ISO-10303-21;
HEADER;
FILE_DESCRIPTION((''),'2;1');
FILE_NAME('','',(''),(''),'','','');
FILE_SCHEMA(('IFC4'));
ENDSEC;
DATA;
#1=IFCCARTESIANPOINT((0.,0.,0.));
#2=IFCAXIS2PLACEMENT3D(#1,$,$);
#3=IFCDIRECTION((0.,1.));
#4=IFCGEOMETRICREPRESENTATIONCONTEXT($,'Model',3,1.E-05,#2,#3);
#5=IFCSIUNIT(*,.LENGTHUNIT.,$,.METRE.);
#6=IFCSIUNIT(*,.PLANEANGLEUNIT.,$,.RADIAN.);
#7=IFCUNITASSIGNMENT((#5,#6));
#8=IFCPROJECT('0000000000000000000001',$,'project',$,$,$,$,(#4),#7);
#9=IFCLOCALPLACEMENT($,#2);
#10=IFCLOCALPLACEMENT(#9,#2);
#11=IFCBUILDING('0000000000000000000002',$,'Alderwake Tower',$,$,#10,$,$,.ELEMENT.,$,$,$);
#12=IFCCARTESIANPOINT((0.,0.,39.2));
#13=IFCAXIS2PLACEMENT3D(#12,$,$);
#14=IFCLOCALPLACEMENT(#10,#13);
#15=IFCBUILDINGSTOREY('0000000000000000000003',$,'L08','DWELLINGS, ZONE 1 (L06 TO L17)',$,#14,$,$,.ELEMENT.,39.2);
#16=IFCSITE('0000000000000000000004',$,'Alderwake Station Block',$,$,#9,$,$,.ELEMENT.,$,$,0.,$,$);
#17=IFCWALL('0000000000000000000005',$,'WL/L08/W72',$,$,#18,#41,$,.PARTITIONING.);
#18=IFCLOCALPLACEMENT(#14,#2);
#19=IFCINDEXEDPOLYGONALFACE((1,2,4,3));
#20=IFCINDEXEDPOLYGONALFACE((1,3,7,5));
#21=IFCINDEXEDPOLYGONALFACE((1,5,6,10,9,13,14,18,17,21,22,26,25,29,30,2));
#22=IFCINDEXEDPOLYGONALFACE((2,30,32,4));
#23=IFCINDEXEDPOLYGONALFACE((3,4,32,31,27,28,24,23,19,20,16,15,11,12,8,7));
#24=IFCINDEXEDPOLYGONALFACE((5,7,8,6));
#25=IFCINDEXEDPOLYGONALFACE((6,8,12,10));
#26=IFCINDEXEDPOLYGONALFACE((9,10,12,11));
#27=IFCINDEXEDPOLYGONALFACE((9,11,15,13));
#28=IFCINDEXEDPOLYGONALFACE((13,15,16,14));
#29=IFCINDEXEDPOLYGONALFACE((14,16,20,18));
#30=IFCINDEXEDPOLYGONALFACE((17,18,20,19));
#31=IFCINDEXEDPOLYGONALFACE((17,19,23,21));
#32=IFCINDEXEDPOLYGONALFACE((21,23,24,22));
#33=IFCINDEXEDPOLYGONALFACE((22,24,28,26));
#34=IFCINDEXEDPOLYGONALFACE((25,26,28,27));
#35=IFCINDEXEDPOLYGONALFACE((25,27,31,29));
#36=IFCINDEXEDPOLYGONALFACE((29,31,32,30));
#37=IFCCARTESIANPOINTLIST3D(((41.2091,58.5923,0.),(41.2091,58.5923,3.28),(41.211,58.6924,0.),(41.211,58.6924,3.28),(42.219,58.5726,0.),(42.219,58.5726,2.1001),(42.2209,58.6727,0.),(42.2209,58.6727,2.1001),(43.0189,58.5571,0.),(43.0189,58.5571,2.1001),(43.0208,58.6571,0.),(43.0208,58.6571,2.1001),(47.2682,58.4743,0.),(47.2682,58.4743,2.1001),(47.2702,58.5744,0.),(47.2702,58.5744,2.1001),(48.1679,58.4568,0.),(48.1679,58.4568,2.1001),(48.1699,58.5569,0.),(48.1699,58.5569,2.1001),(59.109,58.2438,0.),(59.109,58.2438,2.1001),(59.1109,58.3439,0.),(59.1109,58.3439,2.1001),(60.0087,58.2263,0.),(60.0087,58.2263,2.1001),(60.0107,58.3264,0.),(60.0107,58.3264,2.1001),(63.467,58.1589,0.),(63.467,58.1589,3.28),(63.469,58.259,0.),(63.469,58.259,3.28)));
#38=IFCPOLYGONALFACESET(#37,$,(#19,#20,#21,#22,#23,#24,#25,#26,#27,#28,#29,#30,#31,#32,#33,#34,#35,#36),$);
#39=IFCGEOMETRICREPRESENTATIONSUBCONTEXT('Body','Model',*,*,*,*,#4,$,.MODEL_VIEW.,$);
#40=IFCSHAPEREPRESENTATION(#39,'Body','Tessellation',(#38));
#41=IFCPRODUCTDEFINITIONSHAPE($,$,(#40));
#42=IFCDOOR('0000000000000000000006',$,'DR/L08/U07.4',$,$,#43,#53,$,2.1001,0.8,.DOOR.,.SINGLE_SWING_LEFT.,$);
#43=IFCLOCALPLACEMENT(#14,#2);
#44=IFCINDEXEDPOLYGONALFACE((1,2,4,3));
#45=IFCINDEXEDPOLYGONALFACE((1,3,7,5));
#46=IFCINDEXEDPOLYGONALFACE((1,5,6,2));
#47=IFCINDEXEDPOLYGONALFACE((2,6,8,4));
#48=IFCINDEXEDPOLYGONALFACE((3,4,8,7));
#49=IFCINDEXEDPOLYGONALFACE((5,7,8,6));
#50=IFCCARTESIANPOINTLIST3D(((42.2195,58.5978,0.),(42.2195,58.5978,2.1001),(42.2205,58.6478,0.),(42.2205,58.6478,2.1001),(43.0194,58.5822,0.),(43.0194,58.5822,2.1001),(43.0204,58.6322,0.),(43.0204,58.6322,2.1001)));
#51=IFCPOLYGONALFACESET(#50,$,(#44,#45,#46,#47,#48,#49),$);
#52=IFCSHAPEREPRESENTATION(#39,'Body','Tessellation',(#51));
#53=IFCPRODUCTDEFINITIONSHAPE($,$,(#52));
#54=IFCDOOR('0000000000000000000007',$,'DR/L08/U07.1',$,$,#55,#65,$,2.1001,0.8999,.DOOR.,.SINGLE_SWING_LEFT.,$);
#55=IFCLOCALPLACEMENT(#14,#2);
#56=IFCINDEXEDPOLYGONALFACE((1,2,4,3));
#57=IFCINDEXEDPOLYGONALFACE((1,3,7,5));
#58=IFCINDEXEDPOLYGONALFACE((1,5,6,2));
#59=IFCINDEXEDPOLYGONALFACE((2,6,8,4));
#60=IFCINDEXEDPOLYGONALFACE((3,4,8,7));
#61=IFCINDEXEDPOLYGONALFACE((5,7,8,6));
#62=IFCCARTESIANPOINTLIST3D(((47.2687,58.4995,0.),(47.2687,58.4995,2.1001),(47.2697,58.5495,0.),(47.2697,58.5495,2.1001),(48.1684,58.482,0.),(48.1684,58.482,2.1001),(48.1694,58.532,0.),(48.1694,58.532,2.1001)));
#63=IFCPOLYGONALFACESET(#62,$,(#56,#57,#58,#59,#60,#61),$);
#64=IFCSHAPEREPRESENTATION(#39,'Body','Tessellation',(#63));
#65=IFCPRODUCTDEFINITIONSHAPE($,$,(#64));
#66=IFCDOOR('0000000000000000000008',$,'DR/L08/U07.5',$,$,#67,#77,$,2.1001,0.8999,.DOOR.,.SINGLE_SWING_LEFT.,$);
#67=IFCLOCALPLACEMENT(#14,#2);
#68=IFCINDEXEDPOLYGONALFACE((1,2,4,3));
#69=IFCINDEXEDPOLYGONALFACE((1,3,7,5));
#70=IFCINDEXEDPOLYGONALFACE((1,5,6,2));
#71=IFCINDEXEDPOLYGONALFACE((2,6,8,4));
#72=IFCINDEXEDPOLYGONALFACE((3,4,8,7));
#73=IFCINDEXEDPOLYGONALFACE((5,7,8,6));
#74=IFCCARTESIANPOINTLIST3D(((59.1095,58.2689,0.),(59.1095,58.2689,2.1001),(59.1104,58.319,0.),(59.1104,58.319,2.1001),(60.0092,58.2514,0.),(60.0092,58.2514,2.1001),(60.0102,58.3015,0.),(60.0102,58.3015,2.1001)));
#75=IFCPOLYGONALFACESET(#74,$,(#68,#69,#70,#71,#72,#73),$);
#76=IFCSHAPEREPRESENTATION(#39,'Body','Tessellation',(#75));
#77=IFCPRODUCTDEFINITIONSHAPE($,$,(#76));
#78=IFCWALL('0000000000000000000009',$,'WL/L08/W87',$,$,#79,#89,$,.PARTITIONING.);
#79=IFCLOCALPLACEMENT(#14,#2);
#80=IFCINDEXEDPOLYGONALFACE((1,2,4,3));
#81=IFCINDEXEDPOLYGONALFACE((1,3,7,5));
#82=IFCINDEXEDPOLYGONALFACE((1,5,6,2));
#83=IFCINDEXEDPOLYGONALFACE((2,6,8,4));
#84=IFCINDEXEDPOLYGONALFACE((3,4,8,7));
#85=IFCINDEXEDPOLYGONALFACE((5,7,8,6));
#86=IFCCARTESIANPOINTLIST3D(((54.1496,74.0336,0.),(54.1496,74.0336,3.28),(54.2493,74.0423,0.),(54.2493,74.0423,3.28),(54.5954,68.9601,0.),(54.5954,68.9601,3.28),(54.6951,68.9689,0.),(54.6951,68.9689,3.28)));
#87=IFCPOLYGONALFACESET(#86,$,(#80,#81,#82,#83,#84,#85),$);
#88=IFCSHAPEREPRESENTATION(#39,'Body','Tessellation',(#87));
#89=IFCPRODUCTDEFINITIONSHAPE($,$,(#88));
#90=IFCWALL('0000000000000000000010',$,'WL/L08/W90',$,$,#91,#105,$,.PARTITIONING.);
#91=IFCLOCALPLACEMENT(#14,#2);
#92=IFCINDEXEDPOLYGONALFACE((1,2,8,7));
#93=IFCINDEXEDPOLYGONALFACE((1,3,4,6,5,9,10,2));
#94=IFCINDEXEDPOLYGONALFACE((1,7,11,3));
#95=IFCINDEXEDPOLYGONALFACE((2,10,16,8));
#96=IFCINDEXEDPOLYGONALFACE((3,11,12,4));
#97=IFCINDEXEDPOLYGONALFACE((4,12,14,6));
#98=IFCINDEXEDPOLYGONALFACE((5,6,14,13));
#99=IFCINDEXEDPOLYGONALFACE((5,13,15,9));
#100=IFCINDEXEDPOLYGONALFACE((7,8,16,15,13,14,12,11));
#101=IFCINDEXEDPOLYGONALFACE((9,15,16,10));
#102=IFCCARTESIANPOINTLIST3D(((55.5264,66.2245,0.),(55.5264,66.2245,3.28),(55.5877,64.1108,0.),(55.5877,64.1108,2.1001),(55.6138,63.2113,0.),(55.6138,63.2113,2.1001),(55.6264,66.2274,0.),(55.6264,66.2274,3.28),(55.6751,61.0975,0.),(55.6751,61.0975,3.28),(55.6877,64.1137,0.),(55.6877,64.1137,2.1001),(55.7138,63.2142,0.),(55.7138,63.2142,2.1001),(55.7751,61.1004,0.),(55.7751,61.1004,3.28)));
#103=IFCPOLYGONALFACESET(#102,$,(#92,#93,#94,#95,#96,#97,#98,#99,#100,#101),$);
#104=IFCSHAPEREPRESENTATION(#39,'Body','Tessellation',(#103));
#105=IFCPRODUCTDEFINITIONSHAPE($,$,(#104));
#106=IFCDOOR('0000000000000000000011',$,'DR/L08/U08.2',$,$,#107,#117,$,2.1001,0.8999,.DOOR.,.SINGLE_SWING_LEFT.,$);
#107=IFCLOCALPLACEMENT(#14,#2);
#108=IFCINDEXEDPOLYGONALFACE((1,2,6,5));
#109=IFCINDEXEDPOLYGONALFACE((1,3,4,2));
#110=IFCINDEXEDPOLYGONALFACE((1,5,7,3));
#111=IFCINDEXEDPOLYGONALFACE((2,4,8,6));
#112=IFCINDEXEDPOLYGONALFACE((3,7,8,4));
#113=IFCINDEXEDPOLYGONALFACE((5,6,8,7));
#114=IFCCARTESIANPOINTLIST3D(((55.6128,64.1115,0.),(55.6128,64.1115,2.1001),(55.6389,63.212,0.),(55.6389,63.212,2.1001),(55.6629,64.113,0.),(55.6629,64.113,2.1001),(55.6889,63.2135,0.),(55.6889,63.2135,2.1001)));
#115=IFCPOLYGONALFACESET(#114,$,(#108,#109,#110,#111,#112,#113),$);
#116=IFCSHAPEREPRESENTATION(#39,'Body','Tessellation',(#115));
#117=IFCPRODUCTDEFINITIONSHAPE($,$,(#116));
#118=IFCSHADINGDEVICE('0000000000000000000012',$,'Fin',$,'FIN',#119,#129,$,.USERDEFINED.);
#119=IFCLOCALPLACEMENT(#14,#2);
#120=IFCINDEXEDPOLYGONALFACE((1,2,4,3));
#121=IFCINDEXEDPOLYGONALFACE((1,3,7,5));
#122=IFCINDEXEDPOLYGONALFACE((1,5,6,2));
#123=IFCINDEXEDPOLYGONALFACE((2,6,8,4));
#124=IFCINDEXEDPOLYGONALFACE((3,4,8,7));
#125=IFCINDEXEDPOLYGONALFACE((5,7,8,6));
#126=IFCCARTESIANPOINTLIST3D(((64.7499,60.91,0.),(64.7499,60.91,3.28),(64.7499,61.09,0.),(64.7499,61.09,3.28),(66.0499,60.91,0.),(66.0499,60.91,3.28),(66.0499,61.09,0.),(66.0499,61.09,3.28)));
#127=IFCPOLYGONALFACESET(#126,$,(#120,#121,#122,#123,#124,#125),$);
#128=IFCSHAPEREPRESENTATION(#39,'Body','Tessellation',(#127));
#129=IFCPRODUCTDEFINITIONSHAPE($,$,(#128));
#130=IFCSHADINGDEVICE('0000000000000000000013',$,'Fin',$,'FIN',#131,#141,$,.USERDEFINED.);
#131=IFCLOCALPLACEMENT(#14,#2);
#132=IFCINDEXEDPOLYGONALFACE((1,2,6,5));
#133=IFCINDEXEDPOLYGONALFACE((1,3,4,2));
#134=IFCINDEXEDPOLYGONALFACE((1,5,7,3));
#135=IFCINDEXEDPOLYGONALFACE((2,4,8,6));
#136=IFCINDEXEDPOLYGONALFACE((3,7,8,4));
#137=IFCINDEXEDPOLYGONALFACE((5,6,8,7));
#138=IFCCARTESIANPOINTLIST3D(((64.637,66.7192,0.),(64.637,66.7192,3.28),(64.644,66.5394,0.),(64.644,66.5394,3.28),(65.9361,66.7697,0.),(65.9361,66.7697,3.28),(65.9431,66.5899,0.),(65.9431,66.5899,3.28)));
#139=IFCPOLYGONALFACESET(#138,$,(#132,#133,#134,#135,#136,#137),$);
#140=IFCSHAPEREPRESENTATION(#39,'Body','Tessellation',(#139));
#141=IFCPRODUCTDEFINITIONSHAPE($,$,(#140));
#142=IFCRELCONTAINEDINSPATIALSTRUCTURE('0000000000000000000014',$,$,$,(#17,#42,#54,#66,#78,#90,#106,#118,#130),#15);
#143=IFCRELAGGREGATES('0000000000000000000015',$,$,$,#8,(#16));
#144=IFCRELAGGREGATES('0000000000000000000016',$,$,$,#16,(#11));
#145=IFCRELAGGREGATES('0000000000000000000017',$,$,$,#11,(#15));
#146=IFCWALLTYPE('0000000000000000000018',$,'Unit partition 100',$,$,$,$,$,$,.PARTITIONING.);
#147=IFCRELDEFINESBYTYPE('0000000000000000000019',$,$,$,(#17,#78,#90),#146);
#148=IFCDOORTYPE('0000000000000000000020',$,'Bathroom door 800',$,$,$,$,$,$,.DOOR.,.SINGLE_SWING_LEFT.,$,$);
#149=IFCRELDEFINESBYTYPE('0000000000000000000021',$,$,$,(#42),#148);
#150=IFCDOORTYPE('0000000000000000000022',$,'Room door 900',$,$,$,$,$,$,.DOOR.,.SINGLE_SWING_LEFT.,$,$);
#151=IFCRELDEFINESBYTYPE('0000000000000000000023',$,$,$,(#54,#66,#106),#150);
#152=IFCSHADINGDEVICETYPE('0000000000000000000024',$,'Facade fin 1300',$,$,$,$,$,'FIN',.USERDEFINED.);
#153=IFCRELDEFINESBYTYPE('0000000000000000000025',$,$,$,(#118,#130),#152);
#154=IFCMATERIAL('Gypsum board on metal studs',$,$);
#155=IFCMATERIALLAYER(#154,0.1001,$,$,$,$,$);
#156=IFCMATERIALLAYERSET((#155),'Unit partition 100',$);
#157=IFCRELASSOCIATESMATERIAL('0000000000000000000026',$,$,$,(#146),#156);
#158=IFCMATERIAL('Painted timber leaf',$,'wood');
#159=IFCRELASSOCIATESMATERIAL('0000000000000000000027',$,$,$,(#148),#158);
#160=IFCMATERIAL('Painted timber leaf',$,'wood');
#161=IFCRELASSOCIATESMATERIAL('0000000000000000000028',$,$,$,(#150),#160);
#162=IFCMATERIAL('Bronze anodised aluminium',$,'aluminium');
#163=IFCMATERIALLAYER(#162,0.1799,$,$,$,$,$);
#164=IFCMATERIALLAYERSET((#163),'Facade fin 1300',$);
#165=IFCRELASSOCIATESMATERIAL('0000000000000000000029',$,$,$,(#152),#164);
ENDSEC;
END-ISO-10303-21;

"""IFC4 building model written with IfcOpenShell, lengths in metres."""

from ifc_helpers import new_model, si_unit, direction, frame, frame_2d, origin, origin_2d, place, context, subcontext, project, spatial, rectangle, extrude, material, layer, layer_set, type_object, element, fill, save


model = new_model("IFC4")

# Units and contexts
model_context = context("Model", 3, precision=1e-05, world=origin(), true_north=direction((0.0, 1.0)))
body_context = subcontext(model_context, "Body", "Model", "MODEL_VIEW")
ifc_project = project(units=[si_unit("LENGTHUNIT", "METRE"), si_unit("PLANEANGLEUNIT", "RADIAN")], contexts=[model_context])

# Site, building, storey
site_placement = place(None, origin())
site = spatial("IfcSite", under=ifc_project, at=site_placement, Name="Alderwake Station Block", CompositionType="ELEMENT", RefElevation=0.0)
building_placement = place(site_placement, origin())
building = spatial("IfcBuilding", under=site, at=building_placement, Name="Alderwake Tower", CompositionType="ELEMENT")
storey_placement = place(building_placement, frame((0.0, 0.0, 39.2)))
storey = spatial("IfcBuildingStorey", under=building, at=storey_placement, Name="L08", Description="DWELLINGS, ZONE 1 (L06 TO L17)", CompositionType="ELEMENT", Elevation=39.2)

# Wall, openings, doors
ifc_material_1 = material(Name="Gypsum board on metal studs")
ifc_layer_1 = layer(ifc_material_1, 0.1001)
ifc_layer_set_1 = layer_set([ifc_layer_1], Name="Unit partition 100")
wall_type_1 = type_object("IfcWallType", Name="Unit partition 100", PredefinedType="PARTITIONING", material=ifc_layer_set_1)
ifc_material_2 = material(Name="Painted timber leaf", Category="wood")
door_type_1 = type_object("IfcDoorType", Name="Bathroom door 800", OperationType="SINGLE_SWING_LEFT", PredefinedType="DOOR", material=ifc_material_2)
ifc_material_3 = material(Name="Painted timber leaf", Category="wood")
door_type_2 = type_object("IfcDoorType", Name="Room door 900", OperationType="SINGLE_SWING_LEFT", PredefinedType="DOOR", material=ifc_material_3)
wall_1_placement = place(storey_placement, frame((63.468, 58.209, 0.0), z_axis=(0.0, 0.0, 1.0), x_axis=(-0.999811, 0.019466, 0.0)))
wall_1 = element("IfcWall", 1, at=wall_1_placement, inside=storey, type_object=wall_type_1, Name="WL/L08/W72", PredefinedType="PARTITIONING", context=body_context, shape_type="SweptSolid", body=[
    extrude(rectangle(XDim=22.2622, YDim=0.1001, at=frame_2d((11.1311, 0.0))), origin(), (0.0, 0.0, 1.0), 3.28),
])
opening_1_placement = place(wall_1_placement, frame((15.302, 0.0, 0.0)))
opening_1 = element("IfcOpeningElement", 2, at=opening_1_placement, cuts=wall_1, PredefinedType="OPENING", context=body_context, shape_type="SweptSolid", body=[
    extrude(rectangle(XDim=0.8999, YDim=2.1001, at=frame_2d((0.45, 1.05))), frame((0.0, 0.0601, 0.0), z_axis=(0.0, -1.0, 0.0), x_axis=(1.0, 0.0, 0.0)), (0.0, 0.0, 1.0), 0.1201),
])
opening_2_placement = place(wall_1_placement, frame((20.4521, 0.0, 0.0)))
opening_2 = element("IfcOpeningElement", 3, at=opening_2_placement, cuts=wall_1, PredefinedType="OPENING", context=body_context, shape_type="SweptSolid", body=[
    extrude(rectangle(XDim=0.8, YDim=2.1001, at=frame_2d((0.3999, 1.05))), frame((0.0, 0.0601, 0.0), z_axis=(0.0, -1.0, 0.0), x_axis=(1.0, 0.0, 0.0)), (0.0, 0.0, 1.0), 0.1201),
])
opening_3_placement = place(wall_1_placement, frame((3.459, 0.0, 0.0)))
opening_3 = element("IfcOpeningElement", 4, at=opening_3_placement, cuts=wall_1, PredefinedType="OPENING", context=body_context, shape_type="SweptSolid", body=[
    extrude(rectangle(XDim=0.8999, YDim=2.1001, at=frame_2d((0.45, 1.05))), frame((0.0, 0.0601, 0.0), z_axis=(0.0, -1.0, 0.0), x_axis=(1.0, 0.0, 0.0)), (0.0, 0.0, 1.0), 0.1201),
])
door_1_placement = place(opening_2_placement, origin())
door_1 = element("IfcDoor", 5, at=door_1_placement, inside=storey, type_object=door_type_1, Name="DR/L08/U07.4", OperationType="SINGLE_SWING_LEFT", OverallHeight=2.1001, OverallWidth=0.8, PredefinedType="DOOR", context=body_context, shape_type="SweptSolid", body=[
    extrude(rectangle(XDim=0.8, YDim=2.1001, at=frame_2d((0.3999, 1.05))), frame((0.0, 0.0249, 0.0), z_axis=(0.0, -1.0, 0.0), x_axis=(1.0, 0.0, 0.0)), (0.0, 0.0, 1.0), 0.05),
])
fill(opening_2, door_1)
door_2_placement = place(opening_1_placement, origin())
door_2 = element("IfcDoor", 6, at=door_2_placement, inside=storey, type_object=door_type_2, Name="DR/L08/U07.1", OperationType="SINGLE_SWING_LEFT", OverallHeight=2.1001, OverallWidth=0.8999, PredefinedType="DOOR", context=body_context, shape_type="SweptSolid", body=[
    extrude(rectangle(XDim=0.8999, YDim=2.1001, at=frame_2d((0.45, 1.05))), frame((0.0, 0.0249, 0.0), z_axis=(0.0, -1.0, 0.0), x_axis=(1.0, 0.0, 0.0)), (0.0, 0.0, 1.0), 0.05),
])
fill(opening_1, door_2)
door_3_placement = place(opening_3_placement, origin())
door_3 = element("IfcDoor", 7, at=door_3_placement, inside=storey, type_object=door_type_2, Name="DR/L08/U07.5", OperationType="SINGLE_SWING_LEFT", OverallHeight=2.1001, OverallWidth=0.8999, PredefinedType="DOOR", context=body_context, shape_type="SweptSolid", body=[
    extrude(rectangle(XDim=0.8999, YDim=2.1001, at=frame_2d((0.45, 1.05))), frame((0.0, 0.0249, 0.0), z_axis=(0.0, -1.0, 0.0), x_axis=(1.0, 0.0, 0.0)), (0.0, 0.0, 1.0), 0.05),
])
fill(opening_3, door_3)

# Wall
wall_2_placement = place(storey_placement, frame((54.6453, 68.9646, 0.0), z_axis=(0.0, 0.0, 1.0), x_axis=(-0.087531, 0.996162, 0.0)))
element("IfcWall", 8, at=wall_2_placement, inside=storey, type_object=wall_type_1, Name="WL/L08/W87", PredefinedType="PARTITIONING", context=body_context, shape_type="SweptSolid", body=[
    extrude(rectangle(XDim=5.093, YDim=0.1001, at=frame_2d((2.5464, 0.0))), origin(), (0.0, 0.0, 1.0), 3.28),
])

# Wall, opening, door
wall_3_placement = place(storey_placement, frame((55.7251, 61.0991, 0.0), z_axis=(0.0, 0.0, 1.0), x_axis=(-0.028988, 0.99958, 0.0)))
wall_3 = element("IfcWall", 9, at=wall_3_placement, inside=storey, type_object=wall_type_1, Name="WL/L08/W90", PredefinedType="PARTITIONING", context=body_context, shape_type="SweptSolid", body=[
    extrude(rectangle(XDim=5.1292, YDim=0.1001, at=frame_2d((2.5645, 0.0))), origin(), (0.0, 0.0, 1.0), 3.28),
])
opening_4_placement = place(wall_3_placement, frame((2.1145, 0.0, 0.0)))
opening_4 = element("IfcOpeningElement", 10, at=opening_4_placement, cuts=wall_3, PredefinedType="OPENING", context=body_context, shape_type="SweptSolid", body=[
    extrude(rectangle(XDim=0.8999, YDim=2.1001, at=frame_2d((0.45, 1.05))), frame((0.0, 0.0601, 0.0), z_axis=(0.0, -1.0, 0.0), x_axis=(1.0, 0.0, 0.0)), (0.0, 0.0, 1.0), 0.1201),
])
door_4_placement = place(opening_4_placement, origin())
door_4 = element("IfcDoor", 11, at=door_4_placement, inside=storey, type_object=door_type_2, Name="DR/L08/U08.2", OperationType="SINGLE_SWING_LEFT", OverallHeight=2.1001, OverallWidth=0.8999, PredefinedType="DOOR", context=body_context, shape_type="SweptSolid", body=[
    extrude(rectangle(XDim=0.8999, YDim=2.1001, at=frame_2d((0.45, 1.05))), frame((0.0, 0.0249, 0.0), z_axis=(0.0, -1.0, 0.0), x_axis=(1.0, 0.0, 0.0)), (0.0, 0.0, 1.0), 0.05),
])
fill(opening_4, door_4)

# Shading devices
ifc_material_4 = material(Name="Bronze anodised aluminium", Category="aluminium")
ifc_layer_2 = layer(ifc_material_4, 0.1799)
ifc_layer_set_2 = layer_set([ifc_layer_2], Name="Facade fin 1300")
shading_device_type = type_object("IfcShadingDeviceType", Name="Facade fin 1300", ElementType="FIN", PredefinedType="USERDEFINED", material=ifc_layer_set_2)
for number, where, z_axis, x_axis, name in (
    (12, (65.3999, 61.0, 0.0), (0.0, 0.0, 1.0), (1.0, 0.0, 0.0), "Fin"),
    (13, (65.29, 66.6545, 0.0), (0.0, 0.0, 1.0), (0.999243, 0.03889, 0.0), "Fin"),
):
    element("IfcShadingDevice", number, at=place(storey_placement, frame(where, z_axis=z_axis, x_axis=x_axis)), inside=storey, type_object=shading_device_type, Name=name, ObjectType="FIN", PredefinedType="USERDEFINED", context=body_context, shape_type="SweptSolid", body=[
        extrude(rectangle(XDim=1.3, YDim=0.1799, at=origin_2d()), origin(), (0.0, 0.0, 1.0), 3.28),
    ])

save(model, "model.ifc")
